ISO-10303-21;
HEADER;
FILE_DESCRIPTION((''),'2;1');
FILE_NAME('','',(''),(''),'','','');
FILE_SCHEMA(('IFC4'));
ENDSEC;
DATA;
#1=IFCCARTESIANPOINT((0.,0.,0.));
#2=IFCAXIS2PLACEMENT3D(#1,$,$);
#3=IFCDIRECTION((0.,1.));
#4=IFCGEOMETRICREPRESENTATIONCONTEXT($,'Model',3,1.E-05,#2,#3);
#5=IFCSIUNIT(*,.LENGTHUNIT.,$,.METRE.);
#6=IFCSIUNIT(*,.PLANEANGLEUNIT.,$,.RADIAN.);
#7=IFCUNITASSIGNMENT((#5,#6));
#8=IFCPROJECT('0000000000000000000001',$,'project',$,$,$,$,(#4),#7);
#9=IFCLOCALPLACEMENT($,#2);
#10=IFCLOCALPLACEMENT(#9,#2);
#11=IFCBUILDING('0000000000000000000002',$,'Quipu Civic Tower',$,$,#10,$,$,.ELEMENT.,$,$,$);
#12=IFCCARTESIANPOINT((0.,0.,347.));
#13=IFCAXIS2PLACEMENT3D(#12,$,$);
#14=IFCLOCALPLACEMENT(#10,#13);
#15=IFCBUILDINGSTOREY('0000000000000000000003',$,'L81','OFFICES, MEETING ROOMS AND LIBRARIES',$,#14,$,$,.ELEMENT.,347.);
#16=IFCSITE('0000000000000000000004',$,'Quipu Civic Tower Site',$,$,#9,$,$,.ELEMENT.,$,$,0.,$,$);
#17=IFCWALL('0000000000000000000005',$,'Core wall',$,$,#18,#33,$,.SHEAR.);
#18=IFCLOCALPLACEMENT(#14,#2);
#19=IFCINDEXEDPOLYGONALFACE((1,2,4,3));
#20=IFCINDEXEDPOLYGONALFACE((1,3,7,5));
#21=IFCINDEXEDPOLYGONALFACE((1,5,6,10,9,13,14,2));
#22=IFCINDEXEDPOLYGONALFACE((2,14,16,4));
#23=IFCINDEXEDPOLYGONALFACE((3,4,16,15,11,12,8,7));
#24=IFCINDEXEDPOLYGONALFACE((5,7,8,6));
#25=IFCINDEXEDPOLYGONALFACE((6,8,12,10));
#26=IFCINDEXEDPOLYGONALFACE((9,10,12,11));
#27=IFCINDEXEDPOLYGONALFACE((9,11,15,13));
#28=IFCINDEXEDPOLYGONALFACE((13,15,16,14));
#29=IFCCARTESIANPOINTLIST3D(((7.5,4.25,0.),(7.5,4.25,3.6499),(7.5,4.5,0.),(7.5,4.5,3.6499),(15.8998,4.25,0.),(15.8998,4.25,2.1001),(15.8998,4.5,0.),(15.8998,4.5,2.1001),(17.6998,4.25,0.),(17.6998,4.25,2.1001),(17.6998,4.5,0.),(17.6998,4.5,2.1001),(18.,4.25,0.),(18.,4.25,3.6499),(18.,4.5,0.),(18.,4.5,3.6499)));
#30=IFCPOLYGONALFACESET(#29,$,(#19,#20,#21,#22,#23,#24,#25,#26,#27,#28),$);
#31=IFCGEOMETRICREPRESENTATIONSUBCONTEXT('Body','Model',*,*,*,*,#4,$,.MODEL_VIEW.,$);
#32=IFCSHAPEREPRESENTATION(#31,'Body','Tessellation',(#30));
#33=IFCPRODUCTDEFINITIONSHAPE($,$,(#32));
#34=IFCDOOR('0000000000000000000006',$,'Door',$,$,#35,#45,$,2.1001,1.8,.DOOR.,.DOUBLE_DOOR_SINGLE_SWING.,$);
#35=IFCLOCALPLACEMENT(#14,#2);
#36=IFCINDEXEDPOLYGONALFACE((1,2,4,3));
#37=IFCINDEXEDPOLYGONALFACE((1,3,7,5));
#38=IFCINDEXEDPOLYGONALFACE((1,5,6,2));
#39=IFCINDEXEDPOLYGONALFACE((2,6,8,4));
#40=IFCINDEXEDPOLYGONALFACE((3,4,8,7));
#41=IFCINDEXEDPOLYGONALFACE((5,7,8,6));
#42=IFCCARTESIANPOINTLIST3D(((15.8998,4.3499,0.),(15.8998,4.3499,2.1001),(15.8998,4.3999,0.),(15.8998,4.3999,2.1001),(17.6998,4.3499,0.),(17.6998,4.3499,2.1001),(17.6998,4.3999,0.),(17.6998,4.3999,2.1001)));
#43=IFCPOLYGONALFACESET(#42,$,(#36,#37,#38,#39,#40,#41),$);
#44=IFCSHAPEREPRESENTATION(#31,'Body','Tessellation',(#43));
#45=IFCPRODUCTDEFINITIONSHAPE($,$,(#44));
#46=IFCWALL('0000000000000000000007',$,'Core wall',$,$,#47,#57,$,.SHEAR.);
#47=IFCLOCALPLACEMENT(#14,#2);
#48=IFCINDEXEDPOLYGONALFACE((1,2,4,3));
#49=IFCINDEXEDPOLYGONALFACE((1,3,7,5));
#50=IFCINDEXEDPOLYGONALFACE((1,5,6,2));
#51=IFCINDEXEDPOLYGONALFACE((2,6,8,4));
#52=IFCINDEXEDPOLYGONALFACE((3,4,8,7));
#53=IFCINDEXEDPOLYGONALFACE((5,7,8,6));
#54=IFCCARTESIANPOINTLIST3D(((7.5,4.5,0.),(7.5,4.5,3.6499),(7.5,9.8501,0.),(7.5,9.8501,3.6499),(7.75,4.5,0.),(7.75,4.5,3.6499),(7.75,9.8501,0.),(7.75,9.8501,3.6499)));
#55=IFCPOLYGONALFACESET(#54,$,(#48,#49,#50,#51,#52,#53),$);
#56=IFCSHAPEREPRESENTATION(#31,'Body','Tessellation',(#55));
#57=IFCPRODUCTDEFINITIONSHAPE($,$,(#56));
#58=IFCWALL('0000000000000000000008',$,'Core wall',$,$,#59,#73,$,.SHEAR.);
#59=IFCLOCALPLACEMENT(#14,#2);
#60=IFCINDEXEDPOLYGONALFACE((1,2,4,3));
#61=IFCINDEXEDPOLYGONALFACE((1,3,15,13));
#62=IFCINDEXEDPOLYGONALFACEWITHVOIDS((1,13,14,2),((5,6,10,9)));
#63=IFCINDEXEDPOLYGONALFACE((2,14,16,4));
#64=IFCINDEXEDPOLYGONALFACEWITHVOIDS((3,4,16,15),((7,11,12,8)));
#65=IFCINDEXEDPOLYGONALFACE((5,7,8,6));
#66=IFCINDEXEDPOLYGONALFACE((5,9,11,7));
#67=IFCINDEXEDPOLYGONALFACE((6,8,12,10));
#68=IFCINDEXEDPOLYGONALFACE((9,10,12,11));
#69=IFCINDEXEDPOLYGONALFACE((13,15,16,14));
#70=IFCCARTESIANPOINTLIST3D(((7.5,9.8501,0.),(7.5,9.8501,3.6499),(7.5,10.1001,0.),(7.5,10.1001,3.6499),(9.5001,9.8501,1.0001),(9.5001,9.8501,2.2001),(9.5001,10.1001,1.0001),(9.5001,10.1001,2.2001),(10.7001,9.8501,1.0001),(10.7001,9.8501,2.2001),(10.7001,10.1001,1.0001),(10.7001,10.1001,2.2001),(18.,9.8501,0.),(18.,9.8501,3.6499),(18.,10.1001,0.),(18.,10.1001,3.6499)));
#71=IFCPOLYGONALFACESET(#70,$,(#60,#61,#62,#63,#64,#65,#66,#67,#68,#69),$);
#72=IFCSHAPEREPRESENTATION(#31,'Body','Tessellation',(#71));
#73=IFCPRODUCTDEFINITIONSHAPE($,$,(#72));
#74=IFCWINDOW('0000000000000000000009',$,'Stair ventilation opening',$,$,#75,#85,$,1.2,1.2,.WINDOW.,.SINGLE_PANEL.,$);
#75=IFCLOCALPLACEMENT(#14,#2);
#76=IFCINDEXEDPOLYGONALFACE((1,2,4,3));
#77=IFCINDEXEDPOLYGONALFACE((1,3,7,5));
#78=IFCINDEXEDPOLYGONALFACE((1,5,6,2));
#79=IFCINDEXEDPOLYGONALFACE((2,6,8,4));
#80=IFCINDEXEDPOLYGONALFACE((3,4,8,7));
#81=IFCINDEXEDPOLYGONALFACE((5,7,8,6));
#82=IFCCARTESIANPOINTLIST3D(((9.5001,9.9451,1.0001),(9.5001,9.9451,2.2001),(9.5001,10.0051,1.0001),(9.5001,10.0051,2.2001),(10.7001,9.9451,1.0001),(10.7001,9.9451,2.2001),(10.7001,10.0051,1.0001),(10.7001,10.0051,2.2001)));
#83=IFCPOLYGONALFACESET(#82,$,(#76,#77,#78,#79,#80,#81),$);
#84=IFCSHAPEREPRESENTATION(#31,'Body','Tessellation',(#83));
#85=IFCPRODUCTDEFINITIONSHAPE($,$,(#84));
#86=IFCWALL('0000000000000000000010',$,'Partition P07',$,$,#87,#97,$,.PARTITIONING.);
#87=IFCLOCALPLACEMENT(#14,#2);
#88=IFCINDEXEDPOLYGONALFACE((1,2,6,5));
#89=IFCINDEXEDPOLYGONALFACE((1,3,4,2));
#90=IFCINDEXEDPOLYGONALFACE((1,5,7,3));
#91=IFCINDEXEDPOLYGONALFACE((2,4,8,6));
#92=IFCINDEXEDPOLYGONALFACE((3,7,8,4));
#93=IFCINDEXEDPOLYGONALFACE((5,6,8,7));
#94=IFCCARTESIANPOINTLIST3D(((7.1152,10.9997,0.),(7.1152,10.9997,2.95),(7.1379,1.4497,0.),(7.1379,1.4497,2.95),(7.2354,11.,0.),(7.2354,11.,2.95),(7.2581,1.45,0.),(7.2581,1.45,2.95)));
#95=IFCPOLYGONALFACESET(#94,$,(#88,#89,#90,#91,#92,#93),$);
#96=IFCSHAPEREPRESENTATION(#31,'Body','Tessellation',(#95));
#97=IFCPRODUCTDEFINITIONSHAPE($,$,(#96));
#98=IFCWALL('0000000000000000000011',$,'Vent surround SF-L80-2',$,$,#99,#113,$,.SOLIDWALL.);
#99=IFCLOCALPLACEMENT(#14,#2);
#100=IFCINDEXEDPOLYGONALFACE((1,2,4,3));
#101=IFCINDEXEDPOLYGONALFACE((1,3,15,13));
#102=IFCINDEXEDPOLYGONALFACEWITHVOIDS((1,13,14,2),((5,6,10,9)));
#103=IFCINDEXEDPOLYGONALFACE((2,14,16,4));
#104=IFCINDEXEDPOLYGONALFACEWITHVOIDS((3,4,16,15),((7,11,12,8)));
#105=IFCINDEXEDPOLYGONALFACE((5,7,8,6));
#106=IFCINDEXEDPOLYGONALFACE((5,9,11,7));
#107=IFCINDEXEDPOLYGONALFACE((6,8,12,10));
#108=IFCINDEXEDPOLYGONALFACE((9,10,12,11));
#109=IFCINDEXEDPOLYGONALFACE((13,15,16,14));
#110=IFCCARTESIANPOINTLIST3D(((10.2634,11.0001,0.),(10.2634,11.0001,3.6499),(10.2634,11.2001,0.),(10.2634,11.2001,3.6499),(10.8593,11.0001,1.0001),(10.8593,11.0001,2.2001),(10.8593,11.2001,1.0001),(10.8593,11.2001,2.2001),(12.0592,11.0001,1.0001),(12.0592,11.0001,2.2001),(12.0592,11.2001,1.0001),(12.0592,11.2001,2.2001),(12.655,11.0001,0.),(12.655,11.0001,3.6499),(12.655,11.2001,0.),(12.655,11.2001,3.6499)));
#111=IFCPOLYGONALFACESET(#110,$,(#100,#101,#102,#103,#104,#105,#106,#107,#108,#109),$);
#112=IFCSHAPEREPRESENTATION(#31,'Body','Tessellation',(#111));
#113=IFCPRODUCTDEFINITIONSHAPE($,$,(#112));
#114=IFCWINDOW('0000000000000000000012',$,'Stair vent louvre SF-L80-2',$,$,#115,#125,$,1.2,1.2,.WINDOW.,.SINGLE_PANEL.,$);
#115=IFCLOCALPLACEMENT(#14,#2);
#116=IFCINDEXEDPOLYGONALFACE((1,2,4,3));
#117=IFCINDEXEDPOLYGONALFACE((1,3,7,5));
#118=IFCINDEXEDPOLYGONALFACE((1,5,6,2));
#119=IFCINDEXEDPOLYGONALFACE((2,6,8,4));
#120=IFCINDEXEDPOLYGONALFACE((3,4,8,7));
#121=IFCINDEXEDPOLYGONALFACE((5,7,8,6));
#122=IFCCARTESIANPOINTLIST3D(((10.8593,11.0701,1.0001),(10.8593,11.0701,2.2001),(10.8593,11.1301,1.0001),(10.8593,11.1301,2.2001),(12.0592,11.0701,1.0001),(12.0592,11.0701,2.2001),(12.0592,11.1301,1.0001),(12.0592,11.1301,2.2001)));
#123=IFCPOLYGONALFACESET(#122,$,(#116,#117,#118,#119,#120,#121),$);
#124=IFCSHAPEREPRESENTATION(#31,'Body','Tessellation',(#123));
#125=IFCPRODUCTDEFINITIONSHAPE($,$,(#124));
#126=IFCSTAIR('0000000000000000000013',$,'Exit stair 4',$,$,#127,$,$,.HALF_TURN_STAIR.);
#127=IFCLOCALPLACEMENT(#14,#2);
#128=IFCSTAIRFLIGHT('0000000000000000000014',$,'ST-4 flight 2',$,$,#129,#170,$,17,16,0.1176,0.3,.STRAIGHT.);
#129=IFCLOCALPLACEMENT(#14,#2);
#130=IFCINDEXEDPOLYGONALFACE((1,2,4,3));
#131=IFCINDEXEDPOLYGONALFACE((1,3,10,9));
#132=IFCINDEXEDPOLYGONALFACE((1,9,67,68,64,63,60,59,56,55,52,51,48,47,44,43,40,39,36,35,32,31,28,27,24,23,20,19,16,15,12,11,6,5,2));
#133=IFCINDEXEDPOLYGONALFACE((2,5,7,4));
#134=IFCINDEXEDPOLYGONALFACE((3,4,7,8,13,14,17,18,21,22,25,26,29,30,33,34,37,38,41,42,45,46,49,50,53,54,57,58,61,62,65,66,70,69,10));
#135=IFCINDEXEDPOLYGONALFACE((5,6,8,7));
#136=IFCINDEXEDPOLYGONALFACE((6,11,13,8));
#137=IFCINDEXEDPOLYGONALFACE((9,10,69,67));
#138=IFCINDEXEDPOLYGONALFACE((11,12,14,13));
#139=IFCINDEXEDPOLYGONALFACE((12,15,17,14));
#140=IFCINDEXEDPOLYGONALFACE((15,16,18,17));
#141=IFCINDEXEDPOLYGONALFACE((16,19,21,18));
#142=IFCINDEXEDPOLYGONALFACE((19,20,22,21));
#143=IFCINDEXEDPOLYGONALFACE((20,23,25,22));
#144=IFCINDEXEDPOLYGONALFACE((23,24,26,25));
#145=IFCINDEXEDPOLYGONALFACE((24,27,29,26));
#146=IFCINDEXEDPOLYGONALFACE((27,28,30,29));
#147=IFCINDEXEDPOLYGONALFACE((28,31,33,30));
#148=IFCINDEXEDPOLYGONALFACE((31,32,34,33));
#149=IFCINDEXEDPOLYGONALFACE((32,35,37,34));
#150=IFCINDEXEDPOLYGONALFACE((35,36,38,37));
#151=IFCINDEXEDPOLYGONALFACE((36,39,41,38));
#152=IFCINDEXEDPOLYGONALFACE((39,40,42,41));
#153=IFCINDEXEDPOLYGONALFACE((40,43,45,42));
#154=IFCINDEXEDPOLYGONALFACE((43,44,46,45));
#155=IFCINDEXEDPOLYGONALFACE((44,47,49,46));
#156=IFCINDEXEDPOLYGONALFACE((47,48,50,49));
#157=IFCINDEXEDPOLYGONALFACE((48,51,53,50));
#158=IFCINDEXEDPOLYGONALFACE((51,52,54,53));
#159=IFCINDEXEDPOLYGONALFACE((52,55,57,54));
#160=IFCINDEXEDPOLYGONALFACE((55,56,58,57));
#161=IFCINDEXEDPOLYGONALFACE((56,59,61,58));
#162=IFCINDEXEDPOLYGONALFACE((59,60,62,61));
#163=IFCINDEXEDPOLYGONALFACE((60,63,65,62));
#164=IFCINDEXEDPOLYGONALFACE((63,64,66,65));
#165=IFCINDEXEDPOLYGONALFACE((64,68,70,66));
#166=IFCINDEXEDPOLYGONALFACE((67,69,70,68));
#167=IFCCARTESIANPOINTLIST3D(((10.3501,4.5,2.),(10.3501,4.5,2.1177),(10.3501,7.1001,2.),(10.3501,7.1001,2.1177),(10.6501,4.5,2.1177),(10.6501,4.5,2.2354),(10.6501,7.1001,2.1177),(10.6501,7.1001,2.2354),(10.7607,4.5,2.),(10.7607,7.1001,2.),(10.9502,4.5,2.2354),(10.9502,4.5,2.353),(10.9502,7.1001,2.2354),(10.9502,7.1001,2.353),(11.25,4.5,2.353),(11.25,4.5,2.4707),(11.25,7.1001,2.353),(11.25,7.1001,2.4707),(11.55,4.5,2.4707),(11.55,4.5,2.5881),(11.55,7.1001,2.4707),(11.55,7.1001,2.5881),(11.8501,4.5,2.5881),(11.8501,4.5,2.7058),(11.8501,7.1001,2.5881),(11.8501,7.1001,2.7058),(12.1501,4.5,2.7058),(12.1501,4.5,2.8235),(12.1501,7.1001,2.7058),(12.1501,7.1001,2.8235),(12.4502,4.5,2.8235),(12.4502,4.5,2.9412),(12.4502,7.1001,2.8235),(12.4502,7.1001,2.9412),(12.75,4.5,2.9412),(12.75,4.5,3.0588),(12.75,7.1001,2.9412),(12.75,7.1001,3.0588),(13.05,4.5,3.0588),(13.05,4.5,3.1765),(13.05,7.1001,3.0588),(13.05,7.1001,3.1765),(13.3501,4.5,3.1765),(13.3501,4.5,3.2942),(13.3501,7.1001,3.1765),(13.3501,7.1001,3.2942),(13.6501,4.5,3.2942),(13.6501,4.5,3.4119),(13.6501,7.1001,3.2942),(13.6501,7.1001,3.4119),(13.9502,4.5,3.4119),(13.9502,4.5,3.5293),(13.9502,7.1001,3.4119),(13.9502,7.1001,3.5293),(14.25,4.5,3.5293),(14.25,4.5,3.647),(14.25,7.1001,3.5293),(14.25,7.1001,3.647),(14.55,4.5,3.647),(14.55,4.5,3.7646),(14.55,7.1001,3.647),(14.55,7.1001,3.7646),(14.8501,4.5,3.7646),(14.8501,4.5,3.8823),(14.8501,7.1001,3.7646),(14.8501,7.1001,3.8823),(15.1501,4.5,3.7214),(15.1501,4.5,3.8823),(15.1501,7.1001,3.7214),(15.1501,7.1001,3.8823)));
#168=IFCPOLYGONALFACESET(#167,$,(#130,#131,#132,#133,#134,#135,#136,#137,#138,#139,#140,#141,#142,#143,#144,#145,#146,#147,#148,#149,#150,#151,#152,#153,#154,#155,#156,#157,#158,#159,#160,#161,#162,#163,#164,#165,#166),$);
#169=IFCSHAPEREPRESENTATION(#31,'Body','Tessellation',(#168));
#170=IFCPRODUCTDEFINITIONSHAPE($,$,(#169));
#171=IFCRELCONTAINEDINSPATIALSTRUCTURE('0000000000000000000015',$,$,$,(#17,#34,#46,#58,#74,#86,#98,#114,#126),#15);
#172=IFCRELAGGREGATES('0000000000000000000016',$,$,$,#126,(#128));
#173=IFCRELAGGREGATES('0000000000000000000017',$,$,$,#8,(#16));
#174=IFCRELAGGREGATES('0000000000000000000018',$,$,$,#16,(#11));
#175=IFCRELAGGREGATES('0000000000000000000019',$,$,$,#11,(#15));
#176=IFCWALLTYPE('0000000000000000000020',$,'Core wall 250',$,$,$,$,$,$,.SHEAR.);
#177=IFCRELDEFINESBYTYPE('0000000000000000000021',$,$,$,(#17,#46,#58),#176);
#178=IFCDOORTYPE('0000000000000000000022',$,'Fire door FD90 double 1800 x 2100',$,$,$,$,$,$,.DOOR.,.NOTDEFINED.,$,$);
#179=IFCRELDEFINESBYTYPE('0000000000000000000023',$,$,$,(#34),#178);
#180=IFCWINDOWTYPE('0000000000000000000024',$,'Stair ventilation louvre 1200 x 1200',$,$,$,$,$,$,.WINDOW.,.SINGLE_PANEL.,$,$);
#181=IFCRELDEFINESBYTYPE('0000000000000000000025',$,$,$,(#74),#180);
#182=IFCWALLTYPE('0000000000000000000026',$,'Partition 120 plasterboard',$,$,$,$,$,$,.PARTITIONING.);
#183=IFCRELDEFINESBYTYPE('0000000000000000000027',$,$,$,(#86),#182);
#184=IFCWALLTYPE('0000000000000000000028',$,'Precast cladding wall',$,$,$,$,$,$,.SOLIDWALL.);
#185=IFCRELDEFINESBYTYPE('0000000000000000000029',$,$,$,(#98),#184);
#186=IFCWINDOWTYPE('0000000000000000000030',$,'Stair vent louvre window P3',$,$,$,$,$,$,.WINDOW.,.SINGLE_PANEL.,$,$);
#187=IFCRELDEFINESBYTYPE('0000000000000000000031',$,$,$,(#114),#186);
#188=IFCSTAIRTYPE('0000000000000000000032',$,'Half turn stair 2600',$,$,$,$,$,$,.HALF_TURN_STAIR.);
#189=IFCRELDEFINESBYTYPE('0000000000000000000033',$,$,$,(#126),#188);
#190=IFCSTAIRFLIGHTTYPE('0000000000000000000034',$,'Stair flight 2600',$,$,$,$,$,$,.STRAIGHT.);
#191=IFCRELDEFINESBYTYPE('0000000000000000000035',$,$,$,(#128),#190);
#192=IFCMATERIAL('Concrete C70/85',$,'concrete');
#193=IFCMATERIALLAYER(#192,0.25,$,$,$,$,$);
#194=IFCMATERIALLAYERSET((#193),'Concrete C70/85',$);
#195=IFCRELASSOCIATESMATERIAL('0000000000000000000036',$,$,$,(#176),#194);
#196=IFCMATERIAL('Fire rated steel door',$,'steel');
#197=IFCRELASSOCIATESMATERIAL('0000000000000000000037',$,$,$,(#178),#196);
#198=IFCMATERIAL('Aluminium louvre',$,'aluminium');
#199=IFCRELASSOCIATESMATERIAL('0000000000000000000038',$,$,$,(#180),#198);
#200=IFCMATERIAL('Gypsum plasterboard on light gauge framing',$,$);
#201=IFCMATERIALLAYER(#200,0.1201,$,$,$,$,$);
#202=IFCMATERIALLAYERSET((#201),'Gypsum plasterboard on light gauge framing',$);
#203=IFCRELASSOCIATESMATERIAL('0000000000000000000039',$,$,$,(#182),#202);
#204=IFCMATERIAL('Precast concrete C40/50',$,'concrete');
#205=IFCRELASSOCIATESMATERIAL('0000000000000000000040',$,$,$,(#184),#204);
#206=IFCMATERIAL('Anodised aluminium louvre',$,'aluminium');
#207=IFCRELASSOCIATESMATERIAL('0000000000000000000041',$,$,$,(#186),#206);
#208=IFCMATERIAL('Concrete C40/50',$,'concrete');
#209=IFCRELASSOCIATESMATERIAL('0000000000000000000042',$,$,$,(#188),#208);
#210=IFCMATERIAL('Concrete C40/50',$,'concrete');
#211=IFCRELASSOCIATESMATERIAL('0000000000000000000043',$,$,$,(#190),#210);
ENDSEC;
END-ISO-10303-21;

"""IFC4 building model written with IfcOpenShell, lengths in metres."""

from ifc_helpers import new_model, si_unit, direction, frame, frame_2d, origin, place, context, subcontext, project, spatial, polyline, rectangle, outline, extrude, material, layer, layer_set, type_object, element, fill, aggregate, save


model = new_model("IFC4")

# Units and contexts
model_context = context("Model", 3, precision=1e-05, world=origin(), true_north=direction((0.0, 1.0)))
body_context = subcontext(model_context, "Body", "Model", "MODEL_VIEW")
ifc_project = project(units=[si_unit("LENGTHUNIT", "METRE"), si_unit("PLANEANGLEUNIT", "RADIAN")], contexts=[model_context])

# Site, building, storey
site_placement = place(None, origin())
site = spatial("IfcSite", under=ifc_project, at=site_placement, Name="Quipu Civic Tower Site", CompositionType="ELEMENT", RefElevation=0.0)
building_placement = place(site_placement, origin())
building = spatial("IfcBuilding", under=site, at=building_placement, Name="Quipu Civic Tower", CompositionType="ELEMENT")
storey_placement = place(building_placement, frame((0.0, 0.0, 347.0)))
storey = spatial("IfcBuildingStorey", under=building, at=storey_placement, Name="L81", Description="OFFICES, MEETING ROOMS AND LIBRARIES", CompositionType="ELEMENT", Elevation=347.0)

# Wall, opening, door
ifc_material_1 = material(Name="Concrete C70/85", Category="concrete")
ifc_layer_1 = layer(ifc_material_1, 0.25)
ifc_layer_set_1 = layer_set([ifc_layer_1], Name="Concrete C70/85")
wall_type_1 = type_object("IfcWallType", Name="Core wall 250", PredefinedType="SHEAR", material=ifc_layer_set_1)
wall_1_placement = place(storey_placement, frame((7.5, 4.375, 0.0), z_axis=(0.0, 0.0, 1.0), x_axis=(1.0, 0.0, 0.0)))
wall_1 = element("IfcWall", 1, at=wall_1_placement, inside=storey, type_object=wall_type_1, Name="Core wall", PredefinedType="SHEAR", context=body_context, shape_type="SweptSolid", body=[
    extrude(rectangle(XDim=10.5, YDim=0.25, at=frame_2d((5.25, 0.0))), origin(), (0.0, 0.0, 1.0), 3.6499),
])
opening_1_placement = place(wall_1_placement, frame((8.3999, 0.0, 0.0)))
opening_1 = element("IfcOpeningElement", 2, at=opening_1_placement, cuts=wall_1, PredefinedType="OPENING", context=body_context, shape_type="SweptSolid", body=[
    extrude(rectangle(XDim=1.8, YDim=2.1001, at=frame_2d((0.8999, 1.05))), frame((0.0, 0.135, 0.0), z_axis=(0.0, -1.0, 0.0), x_axis=(1.0, 0.0, 0.0)), (0.0, 0.0, 1.0), 0.27),
])
ifc_material_2 = material(Name="Fire rated steel door", Category="steel")
door_type = type_object("IfcDoorType", Name="Fire door FD90 double 1800 x 2100", OperationType="NOTDEFINED", PredefinedType="DOOR", material=ifc_material_2)
door_placement = place(opening_1_placement, origin())
door = element("IfcDoor", 3, at=door_placement, inside=storey, type_object=door_type, Name="Door", OperationType="DOUBLE_DOOR_SINGLE_SWING", OverallHeight=2.1001, OverallWidth=1.8, PredefinedType="DOOR", context=body_context, shape_type="SweptSolid", body=[
    extrude(rectangle(XDim=1.8, YDim=2.1001, at=frame_2d((0.8999, 1.05))), frame((0.0, 0.0249, 0.0), z_axis=(0.0, -1.0, 0.0), x_axis=(1.0, 0.0, 0.0)), (0.0, 0.0, 1.0), 0.05),
])
fill(opening_1, door)

# Wall
wall_2_placement = place(storey_placement, frame((7.625, 4.5, 0.0), z_axis=(0.0, 0.0, 1.0), x_axis=(0.0, 1.0, 0.0)))
element("IfcWall", 4, at=wall_2_placement, inside=storey, type_object=wall_type_1, Name="Core wall", PredefinedType="SHEAR", context=body_context, shape_type="SweptSolid", body=[
    extrude(rectangle(XDim=5.3501, YDim=0.25, at=frame_2d((2.675, 0.0))), origin(), (0.0, 0.0, 1.0), 3.6499),
])

# Wall, opening, window
wall_3_placement = place(storey_placement, frame((7.5, 9.9751, 0.0), z_axis=(0.0, 0.0, 1.0), x_axis=(1.0, 0.0, 0.0)))
wall_3 = element("IfcWall", 5, at=wall_3_placement, inside=storey, type_object=wall_type_1, Name="Core wall", PredefinedType="SHEAR", context=body_context, shape_type="SweptSolid", body=[
    extrude(rectangle(XDim=10.5, YDim=0.25, at=frame_2d((5.25, 0.0))), origin(), (0.0, 0.0, 1.0), 3.6499),
])
opening_2_placement = place(wall_3_placement, frame((2.0, 0.0, 1.0)))
opening_2 = element("IfcOpeningElement", 6, at=opening_2_placement, cuts=wall_3, PredefinedType="OPENING", context=body_context, shape_type="SweptSolid", body=[
    extrude(rectangle(XDim=1.2, YDim=1.2, at=frame_2d((0.6001, 0.6001))), frame((0.0, 0.135, 0.0), z_axis=(0.0, -1.0, 0.0), x_axis=(1.0, 0.0, 0.0)), (0.0, 0.0, 1.0), 0.27),
])
ifc_material_3 = material(Name="Aluminium louvre", Category="aluminium")
window_type_1 = type_object("IfcWindowType", Name="Stair ventilation louvre 1200 x 1200", PartitioningType="SINGLE_PANEL", PredefinedType="WINDOW", material=ifc_material_3)
window_1_placement = place(opening_2_placement, origin())
window_1 = element("IfcWindow", 7, at=window_1_placement, inside=storey, type_object=window_type_1, Name="Stair ventilation opening", OverallHeight=1.2, OverallWidth=1.2, PartitioningType="SINGLE_PANEL", PredefinedType="WINDOW", context=body_context, shape_type="SweptSolid", body=[
    extrude(rectangle(XDim=1.2, YDim=1.2, at=frame_2d((0.6001, 0.6001))), frame((0.0, 0.03, 0.0), z_axis=(0.0, -1.0, 0.0), x_axis=(1.0, 0.0, 0.0)), (0.0, 0.0, 1.0), 0.0601),
])
fill(opening_2, window_1)

# Wall
ifc_material_4 = material(Name="Gypsum plasterboard on light gauge framing")
ifc_layer_2 = layer(ifc_material_4, 0.1201)
ifc_layer_set_2 = layer_set([ifc_layer_2], Name="Gypsum plasterboard on light gauge framing")
wall_type_2 = type_object("IfcWallType", Name="Partition 120 plasterboard", PredefinedType="PARTITIONING", material=ifc_layer_set_2)
wall_4_placement = place(storey_placement, frame((7.198, 1.45, 0.0), z_axis=(0.0, 0.0, 1.0), x_axis=(-0.002377, 0.999997, 0.0)))
element("IfcWall", 8, at=wall_4_placement, inside=storey, type_object=wall_type_2, Name="Partition P07", PredefinedType="PARTITIONING", context=body_context, shape_type="SweptSolid", body=[
    extrude(rectangle(XDim=9.55, YDim=0.1201, at=frame_2d((4.7749, 0.0))), origin(), (0.0, 0.0, 1.0), 2.95),
])

# Wall, opening, window
ifc_material_5 = material(Name="Precast concrete C40/50", Category="concrete")
wall_type_3 = type_object("IfcWallType", Name="Precast cladding wall", PredefinedType="SOLIDWALL", material=ifc_material_5)
wall_5_placement = place(storey_placement, frame((12.655, 11.1001, 0.0), z_axis=(0.0, 0.0, 1.0), x_axis=(-1.0, 0.0, 0.0)))
wall_5 = element("IfcWall", 9, at=wall_5_placement, inside=storey, type_object=wall_type_3, Name="Vent surround SF-L80-2", PredefinedType="SOLIDWALL", context=body_context, shape_type="SweptSolid", body=[
    extrude(rectangle(XDim=2.3916, YDim=0.2, at=frame_2d((1.1958, 0.0))), origin(), (0.0, 0.0, 1.0), 3.6499),
])
opening_3_placement = place(wall_5_placement, frame((0.5957, 0.0, 1.0)))
opening_3 = element("IfcOpeningElement", 10, at=opening_3_placement, cuts=wall_5, PredefinedType="OPENING", context=body_context, shape_type="SweptSolid", body=[
    extrude(rectangle(XDim=1.2, YDim=1.2, at=frame_2d((0.6001, 0.6001))), frame((0.0, 0.1099, 0.0), z_axis=(0.0, -1.0, 0.0), x_axis=(1.0, 0.0, 0.0)), (0.0, 0.0, 1.0), 0.22),
])
ifc_material_6 = material(Name="Anodised aluminium louvre", Category="aluminium")
window_type_2 = type_object("IfcWindowType", Name="Stair vent louvre window P3", PartitioningType="SINGLE_PANEL", PredefinedType="WINDOW", material=ifc_material_6)
window_2_placement = place(opening_3_placement, origin())
window_2 = element("IfcWindow", 11, at=window_2_placement, inside=storey, type_object=window_type_2, Name="Stair vent louvre SF-L80-2", OverallHeight=1.2, OverallWidth=1.2, PartitioningType="SINGLE_PANEL", PredefinedType="WINDOW", context=body_context, shape_type="SweptSolid", body=[
    extrude(rectangle(XDim=1.2, YDim=1.2, at=frame_2d((0.6001, 0.6001))), frame((0.0, 0.03, 0.0), z_axis=(0.0, -1.0, 0.0), x_axis=(1.0, 0.0, 0.0)), (0.0, 0.0, 1.0), 0.0601),
])
fill(opening_3, window_2)

# Stair, stair flight
ifc_material_7 = material(Name="Concrete C40/50", Category="concrete")
stair_type = type_object("IfcStairType", Name="Half turn stair 2600", PredefinedType="HALF_TURN_STAIR", material=ifc_material_7)
stair_placement = place(storey_placement, origin())
stair = element("IfcStair", 12, at=stair_placement, inside=storey, type_object=stair_type, Name="Exit stair 4", PredefinedType="HALF_TURN_STAIR")
ifc_material_8 = material(Name="Concrete C40/50", Category="concrete")
stair_flight_type = type_object("IfcStairFlightType", Name="Stair flight 2600", PredefinedType="STRAIGHT", material=ifc_material_8)
stair_flight_placement = place(storey_placement, frame((10.3501, 5.8, 2.0), z_axis=(0.0, 0.0, 1.0), x_axis=(1.0, 0.0, 0.0)))
stair_flight = element("IfcStairFlight", 13, at=stair_flight_placement, type_object=stair_flight_type, Name="ST-4 flight 2", NumberOfRisers=17, NumberOfTreads=16, PredefinedType="STRAIGHT", RiserHeight=0.1176, TreadLength=0.3, context=body_context, shape_type="SweptSolid", body=[
    extrude(outline(polyline([(0.0, 0.0), (0.0, 0.1177), (0.3, 0.1177), (0.3, 0.2354), (0.6001, 0.2354), (0.6001, 0.353), (0.8999, 0.353), (0.8999, 0.4707), (1.2, 0.4707), (1.2, 0.5881), (1.5, 0.5881), (1.5, 0.7058), (1.8, 0.7058), (1.8, 0.8235), (2.1001, 0.8235), (2.1001, 0.9412), (2.3999, 0.9412), (2.3999, 1.0588), (2.7, 1.0588), (2.7, 1.1765), (3.0, 1.1765), (3.0, 1.2942), (3.3, 1.2942), (3.3, 1.4119), (3.6001, 1.4119), (3.6001, 1.5293), (3.8999, 1.5293), (3.8999, 1.647), (4.2, 1.647), (4.2, 1.7646), (4.5, 1.7646), (4.5, 1.8823), (4.8, 1.8823), (4.8, 2.0), (4.8, 1.7214), (0.4106, 0.0), (0.0, 0.0)])), frame((0.0, 1.3, 0.0), z_axis=(0.0, -1.0, 0.0), x_axis=(1.0, 0.0, 0.0)), (0.0, 0.0, 1.0), 2.6001),
])
aggregate(stair, [stair_flight])

save(model, "model.ifc")
